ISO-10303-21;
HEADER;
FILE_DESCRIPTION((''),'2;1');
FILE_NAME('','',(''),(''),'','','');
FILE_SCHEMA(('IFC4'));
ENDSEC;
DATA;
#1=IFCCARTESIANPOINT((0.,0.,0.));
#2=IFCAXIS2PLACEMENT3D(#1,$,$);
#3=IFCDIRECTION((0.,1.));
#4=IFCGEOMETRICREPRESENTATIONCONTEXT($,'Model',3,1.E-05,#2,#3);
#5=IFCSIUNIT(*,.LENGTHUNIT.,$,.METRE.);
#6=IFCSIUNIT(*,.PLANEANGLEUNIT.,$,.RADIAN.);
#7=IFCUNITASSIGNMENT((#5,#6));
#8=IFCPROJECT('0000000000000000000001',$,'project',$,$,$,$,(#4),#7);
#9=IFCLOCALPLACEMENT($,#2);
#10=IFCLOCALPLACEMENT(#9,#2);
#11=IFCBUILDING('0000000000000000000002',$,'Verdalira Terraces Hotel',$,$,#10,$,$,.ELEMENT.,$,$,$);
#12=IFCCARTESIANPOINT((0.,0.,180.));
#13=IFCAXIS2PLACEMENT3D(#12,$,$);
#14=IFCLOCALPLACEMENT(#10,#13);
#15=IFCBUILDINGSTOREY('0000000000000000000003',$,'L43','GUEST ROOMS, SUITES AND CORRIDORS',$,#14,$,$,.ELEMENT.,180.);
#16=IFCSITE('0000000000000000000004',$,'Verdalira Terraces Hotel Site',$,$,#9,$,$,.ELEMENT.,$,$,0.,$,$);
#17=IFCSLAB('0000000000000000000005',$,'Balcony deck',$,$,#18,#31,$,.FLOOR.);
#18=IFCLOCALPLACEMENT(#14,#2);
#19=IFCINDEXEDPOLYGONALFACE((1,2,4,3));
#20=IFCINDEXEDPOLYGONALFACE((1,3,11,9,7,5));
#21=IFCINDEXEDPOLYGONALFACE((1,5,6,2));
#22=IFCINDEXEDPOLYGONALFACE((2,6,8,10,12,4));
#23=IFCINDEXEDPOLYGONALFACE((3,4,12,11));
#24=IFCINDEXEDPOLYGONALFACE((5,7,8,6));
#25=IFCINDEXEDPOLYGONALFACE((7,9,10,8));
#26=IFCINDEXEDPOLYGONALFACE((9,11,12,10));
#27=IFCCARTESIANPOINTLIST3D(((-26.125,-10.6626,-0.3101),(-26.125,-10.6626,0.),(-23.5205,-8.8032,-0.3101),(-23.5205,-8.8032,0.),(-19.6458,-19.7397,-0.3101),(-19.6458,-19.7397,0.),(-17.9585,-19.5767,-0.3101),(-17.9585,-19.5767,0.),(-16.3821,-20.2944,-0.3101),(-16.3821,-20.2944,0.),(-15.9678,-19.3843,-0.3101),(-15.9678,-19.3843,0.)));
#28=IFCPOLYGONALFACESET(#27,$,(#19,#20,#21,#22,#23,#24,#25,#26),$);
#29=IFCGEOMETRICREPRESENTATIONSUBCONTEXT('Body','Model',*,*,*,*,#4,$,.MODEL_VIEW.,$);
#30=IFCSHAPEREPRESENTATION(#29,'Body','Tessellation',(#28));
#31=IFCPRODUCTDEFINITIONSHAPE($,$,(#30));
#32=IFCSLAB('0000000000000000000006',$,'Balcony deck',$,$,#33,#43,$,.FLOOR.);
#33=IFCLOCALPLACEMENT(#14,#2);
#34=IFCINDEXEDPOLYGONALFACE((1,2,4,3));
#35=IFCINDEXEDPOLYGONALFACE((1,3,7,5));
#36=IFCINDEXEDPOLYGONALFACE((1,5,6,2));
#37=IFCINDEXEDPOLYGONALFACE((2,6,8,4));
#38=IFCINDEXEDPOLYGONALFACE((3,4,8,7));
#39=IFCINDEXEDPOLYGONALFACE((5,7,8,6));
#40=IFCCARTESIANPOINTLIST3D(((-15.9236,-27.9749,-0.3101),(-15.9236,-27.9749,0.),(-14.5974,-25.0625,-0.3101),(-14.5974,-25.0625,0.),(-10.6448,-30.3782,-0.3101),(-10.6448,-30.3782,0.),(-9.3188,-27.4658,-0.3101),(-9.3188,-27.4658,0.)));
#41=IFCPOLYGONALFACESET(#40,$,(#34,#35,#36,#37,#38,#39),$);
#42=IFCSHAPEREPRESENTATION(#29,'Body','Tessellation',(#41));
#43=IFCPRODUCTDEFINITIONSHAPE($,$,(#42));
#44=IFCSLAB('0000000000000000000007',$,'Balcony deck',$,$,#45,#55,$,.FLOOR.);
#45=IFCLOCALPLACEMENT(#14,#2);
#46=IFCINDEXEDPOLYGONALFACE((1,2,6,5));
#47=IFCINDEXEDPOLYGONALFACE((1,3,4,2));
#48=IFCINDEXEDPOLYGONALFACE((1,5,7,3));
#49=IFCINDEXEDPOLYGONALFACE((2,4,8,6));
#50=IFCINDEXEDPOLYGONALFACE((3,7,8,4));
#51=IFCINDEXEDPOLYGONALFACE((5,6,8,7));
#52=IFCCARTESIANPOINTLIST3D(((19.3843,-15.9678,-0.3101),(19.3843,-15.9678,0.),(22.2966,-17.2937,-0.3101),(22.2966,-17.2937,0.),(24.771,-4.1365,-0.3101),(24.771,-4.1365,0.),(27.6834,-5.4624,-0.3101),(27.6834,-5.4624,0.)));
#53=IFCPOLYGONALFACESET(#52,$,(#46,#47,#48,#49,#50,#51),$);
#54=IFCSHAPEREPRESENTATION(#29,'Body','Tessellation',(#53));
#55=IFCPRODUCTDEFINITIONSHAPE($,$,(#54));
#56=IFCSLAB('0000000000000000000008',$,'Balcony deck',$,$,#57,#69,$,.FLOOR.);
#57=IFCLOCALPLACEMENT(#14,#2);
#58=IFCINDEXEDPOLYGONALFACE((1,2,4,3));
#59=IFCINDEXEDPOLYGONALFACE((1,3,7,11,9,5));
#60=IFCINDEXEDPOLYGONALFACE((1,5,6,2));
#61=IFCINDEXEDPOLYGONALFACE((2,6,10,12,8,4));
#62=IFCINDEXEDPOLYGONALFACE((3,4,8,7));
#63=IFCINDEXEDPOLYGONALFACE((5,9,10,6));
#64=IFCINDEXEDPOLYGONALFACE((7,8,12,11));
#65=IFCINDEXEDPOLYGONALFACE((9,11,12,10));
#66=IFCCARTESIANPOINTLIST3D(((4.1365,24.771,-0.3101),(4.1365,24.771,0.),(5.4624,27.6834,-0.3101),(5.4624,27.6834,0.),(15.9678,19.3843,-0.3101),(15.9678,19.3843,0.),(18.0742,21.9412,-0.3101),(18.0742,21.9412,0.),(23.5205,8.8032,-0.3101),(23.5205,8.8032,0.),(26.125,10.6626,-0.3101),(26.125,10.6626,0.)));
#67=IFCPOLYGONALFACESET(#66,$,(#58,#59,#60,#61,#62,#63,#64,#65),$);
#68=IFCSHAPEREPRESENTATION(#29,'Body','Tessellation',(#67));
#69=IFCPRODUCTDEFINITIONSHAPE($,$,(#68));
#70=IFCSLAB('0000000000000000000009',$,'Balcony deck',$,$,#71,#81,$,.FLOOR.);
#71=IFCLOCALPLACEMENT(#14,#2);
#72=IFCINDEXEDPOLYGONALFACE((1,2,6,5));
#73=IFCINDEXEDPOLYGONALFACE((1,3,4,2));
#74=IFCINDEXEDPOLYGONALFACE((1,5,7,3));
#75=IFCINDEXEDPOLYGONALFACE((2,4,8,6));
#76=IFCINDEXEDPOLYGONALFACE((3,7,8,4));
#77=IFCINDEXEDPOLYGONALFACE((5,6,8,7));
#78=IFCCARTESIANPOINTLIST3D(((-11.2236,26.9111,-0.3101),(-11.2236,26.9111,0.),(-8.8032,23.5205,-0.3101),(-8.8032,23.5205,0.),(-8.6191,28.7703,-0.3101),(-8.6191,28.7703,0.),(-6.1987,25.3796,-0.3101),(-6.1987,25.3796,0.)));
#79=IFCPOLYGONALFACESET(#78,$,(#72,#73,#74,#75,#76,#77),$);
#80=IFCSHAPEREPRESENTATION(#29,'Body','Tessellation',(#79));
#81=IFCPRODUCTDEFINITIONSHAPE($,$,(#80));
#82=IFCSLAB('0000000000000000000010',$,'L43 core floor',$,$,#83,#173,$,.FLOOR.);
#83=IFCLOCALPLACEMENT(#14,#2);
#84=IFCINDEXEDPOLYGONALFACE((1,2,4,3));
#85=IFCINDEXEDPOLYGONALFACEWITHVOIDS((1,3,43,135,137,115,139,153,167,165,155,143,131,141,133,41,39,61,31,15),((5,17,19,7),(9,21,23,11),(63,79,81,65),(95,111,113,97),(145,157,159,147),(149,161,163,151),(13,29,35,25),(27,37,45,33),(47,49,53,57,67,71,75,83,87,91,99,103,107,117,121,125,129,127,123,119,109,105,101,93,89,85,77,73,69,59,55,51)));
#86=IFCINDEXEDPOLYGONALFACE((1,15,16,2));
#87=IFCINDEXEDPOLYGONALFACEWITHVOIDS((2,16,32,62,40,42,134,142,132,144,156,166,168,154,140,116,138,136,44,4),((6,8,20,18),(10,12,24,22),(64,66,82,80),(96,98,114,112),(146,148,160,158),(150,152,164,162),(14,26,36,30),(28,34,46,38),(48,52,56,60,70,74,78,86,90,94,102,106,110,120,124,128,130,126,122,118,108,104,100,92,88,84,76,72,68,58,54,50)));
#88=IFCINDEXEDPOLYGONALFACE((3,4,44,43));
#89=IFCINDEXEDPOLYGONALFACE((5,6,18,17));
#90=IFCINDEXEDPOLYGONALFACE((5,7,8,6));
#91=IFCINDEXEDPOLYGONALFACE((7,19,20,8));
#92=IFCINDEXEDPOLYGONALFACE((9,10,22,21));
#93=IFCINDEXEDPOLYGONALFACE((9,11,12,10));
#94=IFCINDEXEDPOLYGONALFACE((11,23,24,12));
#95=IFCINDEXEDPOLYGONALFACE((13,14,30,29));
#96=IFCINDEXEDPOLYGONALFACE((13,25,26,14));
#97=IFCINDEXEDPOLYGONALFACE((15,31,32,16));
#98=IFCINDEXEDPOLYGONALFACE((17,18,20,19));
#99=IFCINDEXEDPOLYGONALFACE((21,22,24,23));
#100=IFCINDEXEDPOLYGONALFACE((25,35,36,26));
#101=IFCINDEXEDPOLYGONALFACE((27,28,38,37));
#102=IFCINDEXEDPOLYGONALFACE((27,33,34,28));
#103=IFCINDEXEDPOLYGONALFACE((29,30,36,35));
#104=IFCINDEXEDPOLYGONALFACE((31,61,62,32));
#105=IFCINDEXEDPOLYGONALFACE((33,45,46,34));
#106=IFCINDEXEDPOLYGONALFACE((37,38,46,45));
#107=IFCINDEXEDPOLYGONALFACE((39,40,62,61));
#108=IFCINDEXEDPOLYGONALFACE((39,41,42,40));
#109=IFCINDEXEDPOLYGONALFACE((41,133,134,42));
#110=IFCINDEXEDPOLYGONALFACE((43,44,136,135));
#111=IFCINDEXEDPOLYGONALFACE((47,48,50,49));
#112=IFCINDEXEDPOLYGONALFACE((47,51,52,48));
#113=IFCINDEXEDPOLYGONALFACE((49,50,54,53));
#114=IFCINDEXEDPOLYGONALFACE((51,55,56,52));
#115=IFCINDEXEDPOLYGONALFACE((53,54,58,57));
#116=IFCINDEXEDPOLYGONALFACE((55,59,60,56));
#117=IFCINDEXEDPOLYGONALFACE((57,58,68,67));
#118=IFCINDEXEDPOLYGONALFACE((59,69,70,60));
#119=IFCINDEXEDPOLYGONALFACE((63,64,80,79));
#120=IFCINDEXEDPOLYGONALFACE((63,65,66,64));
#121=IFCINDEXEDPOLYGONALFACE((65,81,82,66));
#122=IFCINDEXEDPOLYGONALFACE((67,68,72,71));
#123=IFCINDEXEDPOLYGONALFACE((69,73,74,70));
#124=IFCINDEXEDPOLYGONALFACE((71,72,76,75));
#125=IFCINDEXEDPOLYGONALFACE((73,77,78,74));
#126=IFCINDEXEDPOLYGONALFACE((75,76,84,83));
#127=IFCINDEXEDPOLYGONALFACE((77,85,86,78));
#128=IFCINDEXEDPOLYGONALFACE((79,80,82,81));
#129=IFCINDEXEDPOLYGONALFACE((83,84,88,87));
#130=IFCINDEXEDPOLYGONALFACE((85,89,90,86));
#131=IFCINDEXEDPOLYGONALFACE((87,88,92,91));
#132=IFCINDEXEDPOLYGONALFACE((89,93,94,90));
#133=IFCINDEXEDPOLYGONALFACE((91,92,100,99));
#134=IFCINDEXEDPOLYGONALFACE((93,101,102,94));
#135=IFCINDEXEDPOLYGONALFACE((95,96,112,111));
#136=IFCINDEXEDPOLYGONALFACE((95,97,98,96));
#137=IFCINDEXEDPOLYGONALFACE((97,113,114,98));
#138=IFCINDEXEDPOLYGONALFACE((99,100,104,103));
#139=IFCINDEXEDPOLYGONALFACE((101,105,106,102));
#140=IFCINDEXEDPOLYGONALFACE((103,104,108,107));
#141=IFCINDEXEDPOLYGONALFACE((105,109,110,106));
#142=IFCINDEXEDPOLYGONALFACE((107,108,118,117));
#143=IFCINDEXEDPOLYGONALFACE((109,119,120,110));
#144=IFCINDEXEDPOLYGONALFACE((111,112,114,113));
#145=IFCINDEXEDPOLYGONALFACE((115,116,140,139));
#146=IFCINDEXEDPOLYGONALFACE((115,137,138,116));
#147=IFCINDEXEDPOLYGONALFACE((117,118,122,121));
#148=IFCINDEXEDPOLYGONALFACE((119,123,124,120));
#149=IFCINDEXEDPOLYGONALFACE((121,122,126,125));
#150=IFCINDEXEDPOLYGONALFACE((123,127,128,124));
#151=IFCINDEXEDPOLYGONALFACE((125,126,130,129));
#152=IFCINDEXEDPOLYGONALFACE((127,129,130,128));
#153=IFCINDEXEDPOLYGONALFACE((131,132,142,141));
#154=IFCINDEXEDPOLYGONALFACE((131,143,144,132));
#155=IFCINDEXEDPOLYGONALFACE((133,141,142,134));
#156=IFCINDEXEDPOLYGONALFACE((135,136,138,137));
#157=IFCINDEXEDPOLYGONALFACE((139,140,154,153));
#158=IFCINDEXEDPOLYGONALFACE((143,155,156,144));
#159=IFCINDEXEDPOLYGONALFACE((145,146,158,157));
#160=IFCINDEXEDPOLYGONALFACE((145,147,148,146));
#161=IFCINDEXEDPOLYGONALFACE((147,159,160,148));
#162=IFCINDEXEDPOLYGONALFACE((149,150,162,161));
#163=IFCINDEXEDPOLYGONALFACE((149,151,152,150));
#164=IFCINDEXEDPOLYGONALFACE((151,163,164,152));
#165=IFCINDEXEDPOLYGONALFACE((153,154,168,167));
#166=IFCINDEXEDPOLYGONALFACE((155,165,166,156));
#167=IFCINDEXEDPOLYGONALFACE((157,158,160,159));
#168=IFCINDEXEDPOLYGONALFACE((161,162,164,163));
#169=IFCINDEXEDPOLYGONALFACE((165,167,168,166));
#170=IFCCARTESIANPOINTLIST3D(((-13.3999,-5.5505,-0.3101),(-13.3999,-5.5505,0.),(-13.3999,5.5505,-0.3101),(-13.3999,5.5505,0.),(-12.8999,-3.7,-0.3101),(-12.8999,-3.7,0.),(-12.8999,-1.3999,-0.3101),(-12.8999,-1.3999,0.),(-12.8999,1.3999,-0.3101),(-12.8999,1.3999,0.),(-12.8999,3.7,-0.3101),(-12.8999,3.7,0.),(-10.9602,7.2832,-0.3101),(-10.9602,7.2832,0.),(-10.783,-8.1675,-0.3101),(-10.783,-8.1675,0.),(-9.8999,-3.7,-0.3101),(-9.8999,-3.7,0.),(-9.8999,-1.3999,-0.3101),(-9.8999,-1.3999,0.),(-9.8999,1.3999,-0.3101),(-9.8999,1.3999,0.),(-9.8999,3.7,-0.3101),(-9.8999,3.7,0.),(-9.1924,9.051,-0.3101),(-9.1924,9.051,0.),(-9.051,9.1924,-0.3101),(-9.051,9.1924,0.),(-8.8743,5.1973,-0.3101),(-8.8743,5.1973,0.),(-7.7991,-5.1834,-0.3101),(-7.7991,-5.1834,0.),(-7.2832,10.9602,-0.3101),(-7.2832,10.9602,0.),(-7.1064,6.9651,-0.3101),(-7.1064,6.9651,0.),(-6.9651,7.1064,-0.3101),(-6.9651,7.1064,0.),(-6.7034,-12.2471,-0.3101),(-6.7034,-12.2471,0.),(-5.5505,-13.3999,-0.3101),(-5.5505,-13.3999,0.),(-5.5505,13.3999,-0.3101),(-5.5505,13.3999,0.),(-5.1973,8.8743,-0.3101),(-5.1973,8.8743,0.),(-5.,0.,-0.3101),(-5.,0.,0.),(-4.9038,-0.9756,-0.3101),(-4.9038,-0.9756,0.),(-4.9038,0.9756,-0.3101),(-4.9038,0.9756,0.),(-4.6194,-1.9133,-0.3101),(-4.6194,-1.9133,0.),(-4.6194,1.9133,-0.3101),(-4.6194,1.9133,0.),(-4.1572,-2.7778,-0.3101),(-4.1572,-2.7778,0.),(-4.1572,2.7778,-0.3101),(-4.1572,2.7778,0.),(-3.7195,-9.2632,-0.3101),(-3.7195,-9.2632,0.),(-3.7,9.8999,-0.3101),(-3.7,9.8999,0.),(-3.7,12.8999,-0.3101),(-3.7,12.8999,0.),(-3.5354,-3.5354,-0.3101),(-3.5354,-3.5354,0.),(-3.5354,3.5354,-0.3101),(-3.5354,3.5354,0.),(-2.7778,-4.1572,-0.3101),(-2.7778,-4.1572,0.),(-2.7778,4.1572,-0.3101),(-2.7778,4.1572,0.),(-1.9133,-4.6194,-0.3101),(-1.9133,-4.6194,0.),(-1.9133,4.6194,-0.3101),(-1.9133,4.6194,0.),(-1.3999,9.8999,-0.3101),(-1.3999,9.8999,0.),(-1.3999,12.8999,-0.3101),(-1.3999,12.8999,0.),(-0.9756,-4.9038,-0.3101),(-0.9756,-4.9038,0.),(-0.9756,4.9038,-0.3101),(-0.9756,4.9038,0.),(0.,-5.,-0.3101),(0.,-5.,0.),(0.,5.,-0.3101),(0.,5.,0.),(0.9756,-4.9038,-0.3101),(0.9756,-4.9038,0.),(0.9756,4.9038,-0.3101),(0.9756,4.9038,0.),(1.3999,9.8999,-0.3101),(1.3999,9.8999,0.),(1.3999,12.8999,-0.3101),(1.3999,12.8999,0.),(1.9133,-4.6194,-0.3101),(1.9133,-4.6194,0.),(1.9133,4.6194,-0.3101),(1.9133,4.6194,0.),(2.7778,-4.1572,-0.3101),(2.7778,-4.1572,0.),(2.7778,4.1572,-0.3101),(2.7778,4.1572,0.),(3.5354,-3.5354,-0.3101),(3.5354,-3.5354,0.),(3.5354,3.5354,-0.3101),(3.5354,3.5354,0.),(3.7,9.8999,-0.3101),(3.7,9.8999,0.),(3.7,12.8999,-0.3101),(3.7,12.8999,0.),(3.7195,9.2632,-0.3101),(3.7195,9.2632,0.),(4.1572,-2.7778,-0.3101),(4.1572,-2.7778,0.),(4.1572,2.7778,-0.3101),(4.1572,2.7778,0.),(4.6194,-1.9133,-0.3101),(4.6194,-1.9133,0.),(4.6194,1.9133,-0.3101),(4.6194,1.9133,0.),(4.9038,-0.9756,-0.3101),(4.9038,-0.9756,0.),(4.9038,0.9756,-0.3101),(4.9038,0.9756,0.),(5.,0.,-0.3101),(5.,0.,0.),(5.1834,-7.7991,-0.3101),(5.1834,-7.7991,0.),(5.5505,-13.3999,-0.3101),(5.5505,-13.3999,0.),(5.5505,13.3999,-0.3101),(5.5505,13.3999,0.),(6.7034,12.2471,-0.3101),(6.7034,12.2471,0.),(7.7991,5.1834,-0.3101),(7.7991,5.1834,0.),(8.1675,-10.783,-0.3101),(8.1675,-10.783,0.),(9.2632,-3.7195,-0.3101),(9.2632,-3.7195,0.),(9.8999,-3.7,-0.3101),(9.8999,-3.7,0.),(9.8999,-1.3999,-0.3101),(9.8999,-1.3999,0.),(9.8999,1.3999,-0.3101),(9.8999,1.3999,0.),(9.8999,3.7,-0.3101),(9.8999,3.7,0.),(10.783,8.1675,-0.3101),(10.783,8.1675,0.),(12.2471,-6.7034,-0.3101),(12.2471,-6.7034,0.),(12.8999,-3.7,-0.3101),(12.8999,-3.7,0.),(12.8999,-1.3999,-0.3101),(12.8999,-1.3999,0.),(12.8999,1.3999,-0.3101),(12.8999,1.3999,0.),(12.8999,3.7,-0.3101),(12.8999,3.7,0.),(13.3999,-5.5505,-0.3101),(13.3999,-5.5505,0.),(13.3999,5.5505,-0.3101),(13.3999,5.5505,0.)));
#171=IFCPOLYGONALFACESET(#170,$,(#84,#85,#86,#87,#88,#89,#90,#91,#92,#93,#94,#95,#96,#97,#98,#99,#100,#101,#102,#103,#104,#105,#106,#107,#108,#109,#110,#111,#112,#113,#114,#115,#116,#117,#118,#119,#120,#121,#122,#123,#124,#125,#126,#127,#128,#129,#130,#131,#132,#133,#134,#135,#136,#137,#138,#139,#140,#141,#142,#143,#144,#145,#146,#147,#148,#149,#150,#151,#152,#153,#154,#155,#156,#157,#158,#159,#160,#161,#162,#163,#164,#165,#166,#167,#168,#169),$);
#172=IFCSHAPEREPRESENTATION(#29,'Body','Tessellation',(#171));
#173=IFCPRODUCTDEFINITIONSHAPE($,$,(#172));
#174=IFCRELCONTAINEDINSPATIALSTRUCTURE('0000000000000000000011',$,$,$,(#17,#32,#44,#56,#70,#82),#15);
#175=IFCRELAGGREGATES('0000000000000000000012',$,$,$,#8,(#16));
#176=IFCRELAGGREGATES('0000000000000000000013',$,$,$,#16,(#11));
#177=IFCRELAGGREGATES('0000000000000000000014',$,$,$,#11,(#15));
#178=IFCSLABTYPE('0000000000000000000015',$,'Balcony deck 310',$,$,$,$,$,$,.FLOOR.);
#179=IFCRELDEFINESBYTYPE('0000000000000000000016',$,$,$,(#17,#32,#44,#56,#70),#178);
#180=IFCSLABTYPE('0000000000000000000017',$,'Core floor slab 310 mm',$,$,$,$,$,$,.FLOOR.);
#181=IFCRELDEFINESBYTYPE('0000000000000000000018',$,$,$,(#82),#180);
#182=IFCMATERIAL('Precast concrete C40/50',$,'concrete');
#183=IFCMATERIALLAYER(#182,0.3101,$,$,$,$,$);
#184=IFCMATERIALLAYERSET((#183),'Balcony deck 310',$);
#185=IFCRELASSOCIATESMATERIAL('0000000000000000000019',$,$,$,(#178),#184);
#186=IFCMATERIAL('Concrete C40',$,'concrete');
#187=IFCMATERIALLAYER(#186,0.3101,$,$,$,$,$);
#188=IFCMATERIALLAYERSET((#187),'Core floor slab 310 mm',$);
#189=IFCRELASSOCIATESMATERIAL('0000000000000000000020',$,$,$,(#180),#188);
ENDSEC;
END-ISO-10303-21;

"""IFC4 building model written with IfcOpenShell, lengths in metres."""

from ifc_helpers import new_model, si_unit, direction, frame, origin, place, context, subcontext, project, spatial, polyline, outline, extrude, material, layer, layer_set, type_object, element, save


model = new_model("IFC4")

# Units and contexts
model_context = context("Model", 3, precision=1e-05, world=origin(), true_north=direction((0.0, 1.0)))
body_context = subcontext(model_context, "Body", "Model", "MODEL_VIEW")
ifc_project = project(units=[si_unit("LENGTHUNIT", "METRE"), si_unit("PLANEANGLEUNIT", "RADIAN")], contexts=[model_context])

# Site, building, storey
site_placement = place(None, origin())
site = spatial("IfcSite", under=ifc_project, at=site_placement, Name="Verdalira Terraces Hotel Site", CompositionType="ELEMENT", RefElevation=0.0)
building_placement = place(site_placement, origin())
building = spatial("IfcBuilding", under=site, at=building_placement, Name="Verdalira Terraces Hotel", CompositionType="ELEMENT")
storey_placement = place(building_placement, frame((0.0, 0.0, 180.0)))
storey = spatial("IfcBuildingStorey", under=building, at=storey_placement, Name="L43", Description="GUEST ROOMS, SUITES AND CORRIDORS", CompositionType="ELEMENT", Elevation=180.0)

# Slabs
ifc_material_1 = material(Name="Precast concrete C40/50", Category="concrete")
ifc_layer_1 = layer(ifc_material_1, 0.3101)
ifc_layer_set_1 = layer_set([ifc_layer_1], Name="Balcony deck 310")
slab_type_1 = type_object("IfcSlabType", Name="Balcony deck 310", PredefinedType="FLOOR", material=ifc_layer_set_1)
slab_1_placement = place(storey_placement, frame((0.0, 0.0, -0.3101)))
element("IfcSlab", 1, at=slab_1_placement, inside=storey, type_object=slab_type_1, Name="Balcony deck", PredefinedType="FLOOR", context=body_context, shape_type="SweptSolid", body=[
    extrude(outline(polyline([(-26.125, -10.6626), (-19.6458, -19.7397), (-17.9585, -19.5767), (-16.3821, -20.2944), (-15.9678, -19.3843), (-23.5205, -8.8032), (-26.125, -10.6626)])), origin(), (0.0, 0.0, 1.0), 0.3101),
])
slab_2_placement = place(storey_placement, frame((0.0, 0.0, -0.3101)))
element("IfcSlab", 2, at=slab_2_placement, inside=storey, type_object=slab_type_1, Name="Balcony deck", PredefinedType="FLOOR", context=body_context, shape_type="SweptSolid", body=[
    extrude(outline(polyline([(-10.6448, -30.3782), (-9.3188, -27.4658), (-14.5974, -25.0625), (-15.9236, -27.9749), (-10.6448, -30.3782)])), origin(), (0.0, 0.0, 1.0), 0.3101),
])
slab_3_placement = place(storey_placement, frame((0.0, 0.0, -0.3101)))
element("IfcSlab", 3, at=slab_3_placement, inside=storey, type_object=slab_type_1, Name="Balcony deck", PredefinedType="FLOOR", context=body_context, shape_type="SweptSolid", body=[
    extrude(outline(polyline([(27.6834, -5.4624), (24.771, -4.1365), (19.3843, -15.9678), (22.2966, -17.2937), (27.6834, -5.4624)])), origin(), (0.0, 0.0, 1.0), 0.3101),
])
slab_4_placement = place(storey_placement, frame((0.0, 0.0, -0.3101)))
element("IfcSlab", 4, at=slab_4_placement, inside=storey, type_object=slab_type_1, Name="Balcony deck", PredefinedType="FLOOR", context=body_context, shape_type="SweptSolid", body=[
    extrude(outline(polyline([(5.4624, 27.6834), (4.1365, 24.771), (15.9678, 19.3843), (23.5205, 8.8032), (26.125, 10.6626), (18.0742, 21.9412), (5.4624, 27.6834)])), origin(), (0.0, 0.0, 1.0), 0.3101),
])
slab_5_placement = place(storey_placement, frame((0.0, 0.0, -0.3101)))
element("IfcSlab", 5, at=slab_5_placement, inside=storey, type_object=slab_type_1, Name="Balcony deck", PredefinedType="FLOOR", context=body_context, shape_type="SweptSolid", body=[
    extrude(outline(polyline([(-8.6191, 28.7703), (-11.2236, 26.9111), (-8.8032, 23.5205), (-6.1987, 25.3796), (-8.6191, 28.7703)])), origin(), (0.0, 0.0, 1.0), 0.3101),
])
ifc_material_2 = material(Name="Concrete C40", Category="concrete")
ifc_layer_2 = layer(ifc_material_2, 0.3101)
ifc_layer_set_2 = layer_set([ifc_layer_2], Name="Core floor slab 310 mm")
slab_type_2 = type_object("IfcSlabType", Name="Core floor slab 310 mm", PredefinedType="FLOOR", material=ifc_layer_set_2)
slab_6_placement = place(storey_placement, frame((0.0, 0.0, -0.3101)))
element("IfcSlab", 6, at=slab_6_placement, inside=storey, type_object=slab_type_2, Name="L43 core floor", PredefinedType="FLOOR", context=body_context, shape_type="SweptSolid", body=[
    extrude(outline(polyline([(-6.7034, -12.2471), (-3.7195, -9.2632), (-7.7991, -5.1833), (-10.783, -8.1675), (-13.3999, -5.5505), (-13.3999, 5.5505), (-5.5505, 13.3999), (5.5505, 13.3999), (6.7034, 12.2471), (3.7195, 9.2632), (7.7991, 5.1833), (10.783, 8.1675), (13.3999, 5.5505), (13.3999, -5.5505), (12.2471, -6.7034), (9.2632, -3.7195), (5.1833, -7.7991), (8.1675, -10.783), (5.5505, -13.3999), (-5.5505, -13.3999), (-6.7034, -12.2471)]), holes=[polyline([(9.8999, -1.3999), (9.8999, -3.7), (12.8999, -3.7), (12.8999, -1.3999), (9.8999, -1.3999)]), polyline([(9.8999, 3.7), (9.8999, 1.3999), (12.8999, 1.3999), (12.8999, 3.7), (9.8999, 3.7)]), polyline([(3.7, 12.8999), (1.3999, 12.8999), (1.3999, 9.8999), (3.7, 9.8999), (3.7, 12.8999)]), polyline([(-1.3999, 12.8999), (-3.7, 12.8999), (-3.7, 9.8999), (-1.3999, 9.8999), (-1.3999, 12.8999)]), polyline([(-9.8999, 1.3999), (-9.8999, 3.7), (-12.8999, 3.7), (-12.8999, 1.3999), (-9.8999, 1.3999)]), polyline([(-9.8999, -3.7), (-9.8999, -1.3999), (-12.8999, -1.3999), (-12.8999, -3.7), (-9.8999, -3.7)]), polyline([(-9.051, 9.1924), (-6.9651, 7.1064), (-5.1973, 8.8743), (-7.2832, 10.9602), (-9.051, 9.1924)]), polyline([(-9.1924, 9.051), (-10.9602, 7.2832), (-8.8743, 5.1973), (-7.1064, 6.9651), (-9.1924, 9.051)]), polyline([(3.5354, 3.5354), (2.7778, 4.1572), (1.9133, 4.6194), (0.9756, 4.9038), (0.0, 5.0), (-0.9756, 4.9038), (-1.9133, 4.6194), (-2.7778, 4.1572), (-3.5354, 3.5354), (-4.1572, 2.7778), (-4.6194, 1.9133), (-4.9038, 0.9756), (-5.0, 0.0), (-4.9038, -0.9756), (-4.6194, -1.9133), (-4.1572, -2.7778), (-3.5354, -3.5354), (-2.7778, -4.1572), (-1.9133, -4.6194), (-0.9756, -4.9038), (0.0, -5.0), (0.9756, -4.9038), (1.9133, -4.6194), (2.7778, -4.1572), (3.5354, -3.5354), (4.1572, -2.7778), (4.6194, -1.9133), (4.9038, -0.9756), (5.0, 0.0), (4.9038, 0.9756), (4.6194, 1.9133), (4.1572, 2.7778), (3.5354, 3.5354)])]), origin(), (0.0, 0.0, 1.0), 0.3101),
])

save(model, "model.ifc")
